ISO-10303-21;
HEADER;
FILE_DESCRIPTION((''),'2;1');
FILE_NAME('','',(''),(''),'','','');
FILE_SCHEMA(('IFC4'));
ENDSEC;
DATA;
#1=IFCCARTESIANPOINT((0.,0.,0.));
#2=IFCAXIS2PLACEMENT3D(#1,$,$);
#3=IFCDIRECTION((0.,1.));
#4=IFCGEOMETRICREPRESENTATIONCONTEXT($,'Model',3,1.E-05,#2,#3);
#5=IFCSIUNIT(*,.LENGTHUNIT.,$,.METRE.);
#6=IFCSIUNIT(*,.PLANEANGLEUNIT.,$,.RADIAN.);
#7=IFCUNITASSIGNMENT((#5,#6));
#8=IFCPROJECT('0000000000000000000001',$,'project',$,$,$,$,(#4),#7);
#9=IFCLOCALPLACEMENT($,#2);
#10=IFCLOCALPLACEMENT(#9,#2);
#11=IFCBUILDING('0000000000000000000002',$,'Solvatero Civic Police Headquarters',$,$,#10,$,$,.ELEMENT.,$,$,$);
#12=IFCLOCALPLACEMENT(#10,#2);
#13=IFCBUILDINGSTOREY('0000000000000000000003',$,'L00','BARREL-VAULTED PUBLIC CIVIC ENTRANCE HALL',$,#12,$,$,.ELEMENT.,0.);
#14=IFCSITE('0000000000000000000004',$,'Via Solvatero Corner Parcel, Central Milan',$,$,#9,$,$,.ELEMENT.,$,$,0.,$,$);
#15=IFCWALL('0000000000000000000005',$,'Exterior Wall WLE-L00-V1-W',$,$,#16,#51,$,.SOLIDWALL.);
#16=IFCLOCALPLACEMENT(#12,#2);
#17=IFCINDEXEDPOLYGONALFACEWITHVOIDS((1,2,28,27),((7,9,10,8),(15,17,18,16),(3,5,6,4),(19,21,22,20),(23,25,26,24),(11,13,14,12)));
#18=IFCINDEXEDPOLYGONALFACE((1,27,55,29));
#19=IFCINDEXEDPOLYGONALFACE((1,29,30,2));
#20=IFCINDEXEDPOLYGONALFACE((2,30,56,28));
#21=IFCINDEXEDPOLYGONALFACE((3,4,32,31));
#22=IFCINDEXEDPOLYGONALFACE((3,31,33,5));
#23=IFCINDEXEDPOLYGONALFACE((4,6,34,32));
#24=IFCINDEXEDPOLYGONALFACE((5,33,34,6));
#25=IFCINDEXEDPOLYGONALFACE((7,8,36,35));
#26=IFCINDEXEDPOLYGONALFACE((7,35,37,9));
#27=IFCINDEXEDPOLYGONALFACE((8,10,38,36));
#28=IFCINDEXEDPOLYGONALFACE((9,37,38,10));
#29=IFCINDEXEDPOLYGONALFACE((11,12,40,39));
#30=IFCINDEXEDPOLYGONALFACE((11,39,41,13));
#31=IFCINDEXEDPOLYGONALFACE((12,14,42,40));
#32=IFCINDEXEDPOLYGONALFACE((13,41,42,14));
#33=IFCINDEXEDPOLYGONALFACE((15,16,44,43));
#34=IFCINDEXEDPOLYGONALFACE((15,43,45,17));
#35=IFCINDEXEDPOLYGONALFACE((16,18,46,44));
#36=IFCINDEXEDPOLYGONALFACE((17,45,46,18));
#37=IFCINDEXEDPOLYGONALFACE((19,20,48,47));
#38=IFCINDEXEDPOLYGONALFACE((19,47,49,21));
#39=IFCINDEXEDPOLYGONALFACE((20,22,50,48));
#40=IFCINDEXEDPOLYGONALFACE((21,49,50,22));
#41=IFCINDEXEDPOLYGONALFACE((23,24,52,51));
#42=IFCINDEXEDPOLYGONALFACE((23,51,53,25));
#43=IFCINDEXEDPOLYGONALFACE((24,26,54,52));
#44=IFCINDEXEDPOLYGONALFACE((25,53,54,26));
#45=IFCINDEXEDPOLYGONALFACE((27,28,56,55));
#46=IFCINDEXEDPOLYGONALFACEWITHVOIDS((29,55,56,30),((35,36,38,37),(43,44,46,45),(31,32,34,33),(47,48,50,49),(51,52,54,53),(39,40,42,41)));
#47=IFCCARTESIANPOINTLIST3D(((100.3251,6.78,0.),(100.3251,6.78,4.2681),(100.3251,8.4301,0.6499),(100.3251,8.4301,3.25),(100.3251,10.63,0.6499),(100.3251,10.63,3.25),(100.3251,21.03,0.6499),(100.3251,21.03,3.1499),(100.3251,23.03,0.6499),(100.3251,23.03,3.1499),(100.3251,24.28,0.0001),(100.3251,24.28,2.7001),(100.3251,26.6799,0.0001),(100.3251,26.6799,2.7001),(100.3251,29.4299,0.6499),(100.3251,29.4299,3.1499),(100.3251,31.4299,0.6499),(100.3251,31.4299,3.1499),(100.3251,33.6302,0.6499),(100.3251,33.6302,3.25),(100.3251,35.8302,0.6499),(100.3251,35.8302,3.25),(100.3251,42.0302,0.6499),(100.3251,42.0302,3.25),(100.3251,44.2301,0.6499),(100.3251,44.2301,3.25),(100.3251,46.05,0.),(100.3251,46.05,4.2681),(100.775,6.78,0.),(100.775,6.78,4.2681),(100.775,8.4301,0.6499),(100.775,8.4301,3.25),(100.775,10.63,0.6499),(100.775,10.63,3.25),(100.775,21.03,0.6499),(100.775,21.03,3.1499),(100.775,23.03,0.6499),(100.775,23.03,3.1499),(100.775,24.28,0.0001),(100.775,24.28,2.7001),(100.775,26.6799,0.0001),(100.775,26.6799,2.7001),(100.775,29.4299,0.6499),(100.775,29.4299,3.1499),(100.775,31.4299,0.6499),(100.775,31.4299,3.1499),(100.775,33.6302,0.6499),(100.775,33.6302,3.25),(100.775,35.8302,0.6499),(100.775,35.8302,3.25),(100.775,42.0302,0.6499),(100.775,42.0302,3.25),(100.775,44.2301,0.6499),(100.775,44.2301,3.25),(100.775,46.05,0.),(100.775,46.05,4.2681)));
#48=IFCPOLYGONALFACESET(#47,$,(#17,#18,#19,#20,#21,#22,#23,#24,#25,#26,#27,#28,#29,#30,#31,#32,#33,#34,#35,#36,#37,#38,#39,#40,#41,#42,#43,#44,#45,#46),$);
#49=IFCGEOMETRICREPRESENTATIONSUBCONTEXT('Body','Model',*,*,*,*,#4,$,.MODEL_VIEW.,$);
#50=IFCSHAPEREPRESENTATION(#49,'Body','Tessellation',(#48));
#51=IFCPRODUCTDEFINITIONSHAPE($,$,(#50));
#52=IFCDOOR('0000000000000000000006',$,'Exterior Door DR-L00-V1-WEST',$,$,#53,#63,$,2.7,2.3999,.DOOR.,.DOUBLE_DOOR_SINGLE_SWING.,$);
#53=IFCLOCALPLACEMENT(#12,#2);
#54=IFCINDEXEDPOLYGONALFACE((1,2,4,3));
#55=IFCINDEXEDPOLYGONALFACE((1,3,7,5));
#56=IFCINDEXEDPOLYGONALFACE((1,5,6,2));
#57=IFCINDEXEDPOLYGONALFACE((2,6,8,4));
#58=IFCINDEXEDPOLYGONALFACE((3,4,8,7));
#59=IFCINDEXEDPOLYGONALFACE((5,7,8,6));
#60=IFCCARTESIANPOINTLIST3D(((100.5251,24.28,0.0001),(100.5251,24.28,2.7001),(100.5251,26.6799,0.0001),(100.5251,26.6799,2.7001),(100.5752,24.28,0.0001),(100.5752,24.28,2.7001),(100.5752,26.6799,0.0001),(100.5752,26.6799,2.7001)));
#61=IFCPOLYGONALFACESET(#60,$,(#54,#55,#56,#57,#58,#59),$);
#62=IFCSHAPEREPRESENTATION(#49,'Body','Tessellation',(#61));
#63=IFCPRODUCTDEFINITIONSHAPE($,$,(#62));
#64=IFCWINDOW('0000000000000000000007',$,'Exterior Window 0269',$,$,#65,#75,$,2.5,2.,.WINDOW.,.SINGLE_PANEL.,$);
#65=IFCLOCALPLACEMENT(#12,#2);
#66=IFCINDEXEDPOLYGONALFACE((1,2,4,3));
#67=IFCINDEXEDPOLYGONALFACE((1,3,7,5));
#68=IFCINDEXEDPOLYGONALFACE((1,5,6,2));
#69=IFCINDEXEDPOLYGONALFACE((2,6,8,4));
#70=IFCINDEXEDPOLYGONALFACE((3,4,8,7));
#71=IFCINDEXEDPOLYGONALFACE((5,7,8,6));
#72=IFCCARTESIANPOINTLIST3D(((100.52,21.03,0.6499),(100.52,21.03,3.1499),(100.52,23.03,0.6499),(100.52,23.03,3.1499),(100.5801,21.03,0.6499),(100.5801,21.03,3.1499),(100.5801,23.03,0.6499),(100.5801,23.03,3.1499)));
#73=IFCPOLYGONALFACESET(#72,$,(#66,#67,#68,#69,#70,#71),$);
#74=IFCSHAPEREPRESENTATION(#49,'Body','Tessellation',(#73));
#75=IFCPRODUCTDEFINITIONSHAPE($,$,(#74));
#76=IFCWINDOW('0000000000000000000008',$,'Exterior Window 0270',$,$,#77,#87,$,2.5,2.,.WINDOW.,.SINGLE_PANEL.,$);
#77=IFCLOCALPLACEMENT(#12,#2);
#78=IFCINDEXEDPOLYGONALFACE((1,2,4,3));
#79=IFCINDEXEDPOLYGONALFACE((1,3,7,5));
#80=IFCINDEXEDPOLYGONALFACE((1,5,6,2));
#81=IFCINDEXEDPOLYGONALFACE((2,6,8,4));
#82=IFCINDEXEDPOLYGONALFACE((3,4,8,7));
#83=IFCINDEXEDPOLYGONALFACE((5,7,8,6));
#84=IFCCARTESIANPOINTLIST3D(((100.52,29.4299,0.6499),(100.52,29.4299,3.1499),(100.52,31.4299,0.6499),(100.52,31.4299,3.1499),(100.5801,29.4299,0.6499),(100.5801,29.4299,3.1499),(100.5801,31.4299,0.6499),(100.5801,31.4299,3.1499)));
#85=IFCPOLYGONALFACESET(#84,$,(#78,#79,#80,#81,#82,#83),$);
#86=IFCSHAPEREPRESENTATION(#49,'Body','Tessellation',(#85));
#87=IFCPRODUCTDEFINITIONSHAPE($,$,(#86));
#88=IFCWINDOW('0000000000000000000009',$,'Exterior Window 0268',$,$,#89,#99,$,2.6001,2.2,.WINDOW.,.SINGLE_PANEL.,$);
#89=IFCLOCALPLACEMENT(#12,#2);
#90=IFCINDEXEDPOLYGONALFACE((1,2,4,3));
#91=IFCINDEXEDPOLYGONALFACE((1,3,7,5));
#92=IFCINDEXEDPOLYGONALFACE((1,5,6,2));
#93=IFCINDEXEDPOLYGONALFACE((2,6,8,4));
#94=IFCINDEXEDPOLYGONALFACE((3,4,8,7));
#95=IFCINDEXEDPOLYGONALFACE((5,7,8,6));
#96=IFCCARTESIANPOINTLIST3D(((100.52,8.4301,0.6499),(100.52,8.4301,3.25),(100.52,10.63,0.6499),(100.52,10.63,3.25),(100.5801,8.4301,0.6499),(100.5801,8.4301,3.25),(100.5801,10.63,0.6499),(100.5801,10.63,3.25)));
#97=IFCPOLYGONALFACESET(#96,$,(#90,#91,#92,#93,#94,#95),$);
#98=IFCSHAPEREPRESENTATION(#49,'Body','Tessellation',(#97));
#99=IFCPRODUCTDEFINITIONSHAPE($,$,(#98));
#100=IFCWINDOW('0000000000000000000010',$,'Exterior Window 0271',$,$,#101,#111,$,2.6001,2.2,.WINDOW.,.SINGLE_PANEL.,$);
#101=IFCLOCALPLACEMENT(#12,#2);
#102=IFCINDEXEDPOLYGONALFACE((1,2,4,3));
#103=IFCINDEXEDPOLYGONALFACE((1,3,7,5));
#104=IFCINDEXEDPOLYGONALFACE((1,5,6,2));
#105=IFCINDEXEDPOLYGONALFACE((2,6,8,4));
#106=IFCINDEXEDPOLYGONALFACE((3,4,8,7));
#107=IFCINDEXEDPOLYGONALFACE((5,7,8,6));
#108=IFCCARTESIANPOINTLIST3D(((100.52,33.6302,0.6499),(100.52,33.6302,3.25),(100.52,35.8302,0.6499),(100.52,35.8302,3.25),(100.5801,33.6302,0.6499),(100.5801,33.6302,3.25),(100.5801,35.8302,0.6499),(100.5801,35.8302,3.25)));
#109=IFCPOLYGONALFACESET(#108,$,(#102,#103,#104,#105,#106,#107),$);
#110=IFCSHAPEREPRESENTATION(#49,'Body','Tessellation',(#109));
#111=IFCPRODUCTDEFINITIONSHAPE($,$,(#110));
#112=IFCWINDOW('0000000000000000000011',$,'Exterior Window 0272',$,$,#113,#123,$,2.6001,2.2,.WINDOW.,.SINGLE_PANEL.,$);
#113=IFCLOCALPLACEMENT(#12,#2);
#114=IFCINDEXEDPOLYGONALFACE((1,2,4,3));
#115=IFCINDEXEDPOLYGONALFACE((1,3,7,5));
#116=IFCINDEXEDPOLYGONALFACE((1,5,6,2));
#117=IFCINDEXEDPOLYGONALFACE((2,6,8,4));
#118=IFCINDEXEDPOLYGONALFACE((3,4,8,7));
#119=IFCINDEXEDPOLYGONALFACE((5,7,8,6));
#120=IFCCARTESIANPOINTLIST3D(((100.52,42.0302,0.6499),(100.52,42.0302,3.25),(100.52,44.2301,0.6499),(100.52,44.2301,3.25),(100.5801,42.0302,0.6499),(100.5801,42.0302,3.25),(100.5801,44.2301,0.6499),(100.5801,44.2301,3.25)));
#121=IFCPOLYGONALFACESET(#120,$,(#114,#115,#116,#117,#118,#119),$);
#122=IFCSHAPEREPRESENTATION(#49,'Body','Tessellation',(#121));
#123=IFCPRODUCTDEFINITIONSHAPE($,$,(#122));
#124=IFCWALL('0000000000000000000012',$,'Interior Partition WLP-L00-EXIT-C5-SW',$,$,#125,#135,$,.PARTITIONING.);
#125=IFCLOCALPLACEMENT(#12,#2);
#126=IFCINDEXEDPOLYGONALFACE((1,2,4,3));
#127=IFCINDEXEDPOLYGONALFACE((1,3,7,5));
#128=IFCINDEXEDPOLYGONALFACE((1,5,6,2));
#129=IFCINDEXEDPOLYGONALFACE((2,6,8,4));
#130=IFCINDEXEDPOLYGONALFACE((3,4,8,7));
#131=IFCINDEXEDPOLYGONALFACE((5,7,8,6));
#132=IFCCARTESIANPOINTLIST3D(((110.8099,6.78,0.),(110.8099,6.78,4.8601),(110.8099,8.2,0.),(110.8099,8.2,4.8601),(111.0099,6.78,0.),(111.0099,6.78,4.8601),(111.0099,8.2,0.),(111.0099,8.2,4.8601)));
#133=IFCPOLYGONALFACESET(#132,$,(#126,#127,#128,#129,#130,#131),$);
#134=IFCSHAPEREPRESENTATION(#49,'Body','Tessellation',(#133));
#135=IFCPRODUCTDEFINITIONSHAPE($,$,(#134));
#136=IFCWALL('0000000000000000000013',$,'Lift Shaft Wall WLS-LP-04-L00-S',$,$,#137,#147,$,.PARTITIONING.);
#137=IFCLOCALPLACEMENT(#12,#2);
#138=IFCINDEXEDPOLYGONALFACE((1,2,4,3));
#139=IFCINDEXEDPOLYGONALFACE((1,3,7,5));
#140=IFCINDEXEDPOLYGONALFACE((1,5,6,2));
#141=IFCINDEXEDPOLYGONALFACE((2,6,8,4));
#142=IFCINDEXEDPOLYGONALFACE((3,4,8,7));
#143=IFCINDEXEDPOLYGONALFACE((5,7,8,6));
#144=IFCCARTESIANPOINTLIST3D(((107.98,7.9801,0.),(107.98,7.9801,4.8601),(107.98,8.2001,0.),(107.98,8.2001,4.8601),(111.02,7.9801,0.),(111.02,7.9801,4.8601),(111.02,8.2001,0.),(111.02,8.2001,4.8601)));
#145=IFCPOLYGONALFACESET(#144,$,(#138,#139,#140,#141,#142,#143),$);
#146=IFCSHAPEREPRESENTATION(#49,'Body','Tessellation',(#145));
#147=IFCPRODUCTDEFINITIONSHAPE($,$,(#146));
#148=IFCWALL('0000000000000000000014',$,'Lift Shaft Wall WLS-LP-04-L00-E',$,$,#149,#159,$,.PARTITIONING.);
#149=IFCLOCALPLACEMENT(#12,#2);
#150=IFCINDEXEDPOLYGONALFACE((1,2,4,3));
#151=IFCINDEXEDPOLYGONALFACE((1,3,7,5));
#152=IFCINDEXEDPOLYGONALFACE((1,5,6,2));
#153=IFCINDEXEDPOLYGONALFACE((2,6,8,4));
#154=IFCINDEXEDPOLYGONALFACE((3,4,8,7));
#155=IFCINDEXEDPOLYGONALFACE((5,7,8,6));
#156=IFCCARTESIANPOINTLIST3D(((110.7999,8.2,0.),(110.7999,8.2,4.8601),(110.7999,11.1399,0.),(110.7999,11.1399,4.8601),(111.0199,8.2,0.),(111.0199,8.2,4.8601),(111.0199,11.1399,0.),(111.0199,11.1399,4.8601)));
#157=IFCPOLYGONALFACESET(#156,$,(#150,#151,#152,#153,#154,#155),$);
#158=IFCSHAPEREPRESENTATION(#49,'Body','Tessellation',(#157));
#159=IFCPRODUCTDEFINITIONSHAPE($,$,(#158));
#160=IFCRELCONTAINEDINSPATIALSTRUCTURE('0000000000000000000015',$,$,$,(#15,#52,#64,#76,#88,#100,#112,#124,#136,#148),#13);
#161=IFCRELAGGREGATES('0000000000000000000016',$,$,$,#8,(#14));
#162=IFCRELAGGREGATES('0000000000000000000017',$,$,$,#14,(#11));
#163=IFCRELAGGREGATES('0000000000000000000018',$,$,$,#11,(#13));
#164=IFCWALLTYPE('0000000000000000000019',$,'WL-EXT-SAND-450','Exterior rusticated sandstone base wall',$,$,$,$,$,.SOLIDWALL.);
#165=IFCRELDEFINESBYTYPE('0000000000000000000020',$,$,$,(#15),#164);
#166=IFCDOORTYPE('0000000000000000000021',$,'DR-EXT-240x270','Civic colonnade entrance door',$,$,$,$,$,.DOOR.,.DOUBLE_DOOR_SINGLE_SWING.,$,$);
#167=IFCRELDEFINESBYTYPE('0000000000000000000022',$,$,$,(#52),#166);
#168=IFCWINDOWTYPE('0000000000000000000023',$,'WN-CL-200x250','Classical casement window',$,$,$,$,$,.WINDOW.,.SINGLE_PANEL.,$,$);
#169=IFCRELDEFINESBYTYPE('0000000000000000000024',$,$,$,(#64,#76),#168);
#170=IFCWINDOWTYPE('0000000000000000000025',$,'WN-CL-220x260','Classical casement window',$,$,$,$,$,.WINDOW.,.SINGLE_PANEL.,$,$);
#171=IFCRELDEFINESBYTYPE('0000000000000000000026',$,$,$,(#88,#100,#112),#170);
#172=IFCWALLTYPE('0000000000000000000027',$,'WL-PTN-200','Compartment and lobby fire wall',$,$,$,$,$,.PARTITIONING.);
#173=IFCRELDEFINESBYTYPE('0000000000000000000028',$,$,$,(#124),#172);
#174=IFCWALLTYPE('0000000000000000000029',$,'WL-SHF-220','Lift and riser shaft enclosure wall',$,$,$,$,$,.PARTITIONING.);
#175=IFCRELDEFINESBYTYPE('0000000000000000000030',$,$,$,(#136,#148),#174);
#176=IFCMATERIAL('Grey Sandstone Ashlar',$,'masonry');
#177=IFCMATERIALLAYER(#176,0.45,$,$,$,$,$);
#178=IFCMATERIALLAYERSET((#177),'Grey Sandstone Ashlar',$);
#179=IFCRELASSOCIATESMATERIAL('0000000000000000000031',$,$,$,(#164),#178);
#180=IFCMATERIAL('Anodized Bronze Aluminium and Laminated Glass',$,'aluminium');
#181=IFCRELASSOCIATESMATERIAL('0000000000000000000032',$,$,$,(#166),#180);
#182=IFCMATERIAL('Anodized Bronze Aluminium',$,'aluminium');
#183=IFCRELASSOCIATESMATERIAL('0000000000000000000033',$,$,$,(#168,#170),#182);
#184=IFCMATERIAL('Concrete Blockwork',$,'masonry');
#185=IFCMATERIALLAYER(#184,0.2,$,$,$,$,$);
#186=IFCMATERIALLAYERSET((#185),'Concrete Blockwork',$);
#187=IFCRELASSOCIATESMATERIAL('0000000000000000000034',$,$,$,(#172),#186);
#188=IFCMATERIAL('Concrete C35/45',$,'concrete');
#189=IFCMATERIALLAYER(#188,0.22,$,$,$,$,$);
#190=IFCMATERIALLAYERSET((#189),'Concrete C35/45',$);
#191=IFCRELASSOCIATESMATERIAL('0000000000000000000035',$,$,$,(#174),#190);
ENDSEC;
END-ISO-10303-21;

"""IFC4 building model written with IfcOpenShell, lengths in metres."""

from ifc_helpers import new_model, si_unit, direction, frame, frame_2d, origin, place, context, subcontext, project, spatial, rectangle, extrude, material, layer, layer_set, type_object, element, fill, save


model = new_model("IFC4")

# Units and contexts
model_context = context("Model", 3, precision=1e-05, world=origin(), true_north=direction((0.0, 1.0)))
body_context = subcontext(model_context, "Body", "Model", "MODEL_VIEW")
ifc_project = project(units=[si_unit("LENGTHUNIT", "METRE"), si_unit("PLANEANGLEUNIT", "RADIAN")], contexts=[model_context])

# Site, building, storey
site_placement = place(None, origin())
site = spatial("IfcSite", under=ifc_project, at=site_placement, Name="Via Solvatero Corner Parcel, Central Milan", CompositionType="ELEMENT", RefElevation=0.0)
building_placement = place(site_placement, origin())
building = spatial("IfcBuilding", under=site, at=building_placement, Name="Solvatero Civic Police Headquarters", CompositionType="ELEMENT")
storey_placement = place(building_placement, origin())
storey = spatial("IfcBuildingStorey", under=building, at=storey_placement, Name="L00", Description="BARREL-VAULTED PUBLIC CIVIC ENTRANCE HALL", CompositionType="ELEMENT", Elevation=0.0)

# Shared definitions
ifc_material_1 = material(Name="Grey Sandstone Ashlar", Category="masonry")
ifc_layer_1 = layer(ifc_material_1, 0.45)
ifc_layer_set_1 = layer_set([ifc_layer_1], Name="Grey Sandstone Ashlar")
wall_type_1 = type_object("IfcWallType", Name="WL-EXT-SAND-450", Description="Exterior rusticated sandstone base wall", PredefinedType="SOLIDWALL", material=ifc_layer_set_1)
ifc_material_2 = material(Name="Anodized Bronze Aluminium and Laminated Glass", Category="aluminium")

# Wall, openings, door, windows
wall_1_placement = place(storey_placement, frame((100.55, 6.78, 0.0), z_axis=(0.0, 0.0, 1.0), x_axis=(0.0, 1.0, 0.0)))
wall_1 = element("IfcWall", 1, at=wall_1_placement, inside=storey, type_object=wall_type_1, Name="Exterior Wall WLE-L00-V1-W", PredefinedType="SOLIDWALL", context=body_context, shape_type="SweptSolid", body=[
    extrude(rectangle(XDim=39.27, YDim=0.45, at=frame_2d((19.635, 0.0))), origin(), (0.0, 0.0, 1.0), 4.2681),
])
opening_1_placement = place(wall_1_placement, frame((17.5, 0.0, 0.0)))
opening_1 = element("IfcOpeningElement", 2, at=opening_1_placement, cuts=wall_1, PredefinedType="OPENING", context=body_context, shape_type="SweptSolid", body=[
    extrude(rectangle(XDim=2.3999, YDim=2.7, at=frame_2d((1.2, 1.3501))), frame((0.0, 0.2349, 0.0), z_axis=(0.0, -1.0, 0.0), x_axis=(1.0, 0.0, 0.0)), (0.0, 0.0, 1.0), 0.47),
])
opening_2_placement = place(wall_1_placement, frame((1.6499, 0.0, 0.6499)))
opening_2 = element("IfcOpeningElement", 3, at=opening_2_placement, cuts=wall_1, PredefinedType="OPENING", context=body_context, shape_type="SweptSolid", body=[
    extrude(rectangle(XDim=2.2, YDim=2.6001, at=frame_2d((1.1001, 1.3))), frame((0.0, 0.2349, 0.0), z_axis=(0.0, -1.0, 0.0), x_axis=(1.0, 0.0, 0.0)), (0.0, 0.0, 1.0), 0.47),
])
opening_3_placement = place(wall_1_placement, frame((14.25, 0.0, 0.6499)))
opening_3 = element("IfcOpeningElement", 4, at=opening_3_placement, cuts=wall_1, PredefinedType="OPENING", context=body_context, shape_type="SweptSolid", body=[
    extrude(rectangle(XDim=2.0, YDim=2.5, at=frame_2d((1.0, 1.25))), frame((0.0, 0.2349, 0.0), z_axis=(0.0, -1.0, 0.0), x_axis=(1.0, 0.0, 0.0)), (0.0, 0.0, 1.0), 0.47),
])
opening_4_placement = place(wall_1_placement, frame((22.6499, 0.0, 0.6499)))
opening_4 = element("IfcOpeningElement", 5, at=opening_4_placement, cuts=wall_1, PredefinedType="OPENING", context=body_context, shape_type="SweptSolid", body=[
    extrude(rectangle(XDim=2.0, YDim=2.5, at=frame_2d((1.0, 1.25))), frame((0.0, 0.2349, 0.0), z_axis=(0.0, -1.0, 0.0), x_axis=(1.0, 0.0, 0.0)), (0.0, 0.0, 1.0), 0.47),
])
opening_5_placement = place(wall_1_placement, frame((26.8501, 0.0, 0.6499)))
opening_5 = element("IfcOpeningElement", 6, at=opening_5_placement, cuts=wall_1, PredefinedType="OPENING", context=body_context, shape_type="SweptSolid", body=[
    extrude(rectangle(XDim=2.2, YDim=2.6001, at=frame_2d((1.1001, 1.3))), frame((0.0, 0.2349, 0.0), z_axis=(0.0, -1.0, 0.0), x_axis=(1.0, 0.0, 0.0)), (0.0, 0.0, 1.0), 0.47),
])
opening_6_placement = place(wall_1_placement, frame((35.25, 0.0, 0.6499)))
opening_6 = element("IfcOpeningElement", 7, at=opening_6_placement, cuts=wall_1, PredefinedType="OPENING", context=body_context, shape_type="SweptSolid", body=[
    extrude(rectangle(XDim=2.2, YDim=2.6001, at=frame_2d((1.1001, 1.3))), frame((0.0, 0.2349, 0.0), z_axis=(0.0, -1.0, 0.0), x_axis=(1.0, 0.0, 0.0)), (0.0, 0.0, 1.0), 0.47),
])
door_type_1 = type_object("IfcDoorType", Name="DR-EXT-240x270", Description="Civic colonnade entrance door", OperationType="DOUBLE_DOOR_SINGLE_SWING", PredefinedType="DOOR", material=ifc_material_2)
door_1_placement = place(opening_1_placement, origin())
door_1 = element("IfcDoor", 8, at=door_1_placement, inside=storey, type_object=door_type_1, Name="Exterior Door DR-L00-V1-WEST", OperationType="DOUBLE_DOOR_SINGLE_SWING", OverallHeight=2.7, OverallWidth=2.3999, PredefinedType="DOOR", context=body_context, shape_type="SweptSolid", body=[
    extrude(rectangle(XDim=2.3999, YDim=2.7, at=frame_2d((1.2, 1.3501))), frame((0.0, 0.0249, 0.0), z_axis=(0.0, -1.0, 0.0), x_axis=(1.0, 0.0, 0.0)), (0.0, 0.0, 1.0), 0.05),
])
fill(opening_1, door_1)
ifc_material_3 = material(Name="Anodized Bronze Aluminium", Category="aluminium")
window_type_1 = type_object("IfcWindowType", Name="WN-CL-200x250", Description="Classical casement window", PartitioningType="SINGLE_PANEL", PredefinedType="WINDOW", material=ifc_material_3)
window_1_placement = place(opening_3_placement, origin())
window_1 = element("IfcWindow", 9, at=window_1_placement, inside=storey, type_object=window_type_1, Name="Exterior Window 0269", OverallHeight=2.5, OverallWidth=2.0, PartitioningType="SINGLE_PANEL", PredefinedType="WINDOW", context=body_context, shape_type="SweptSolid", body=[
    extrude(rectangle(XDim=2.0, YDim=2.5, at=frame_2d((1.0, 1.25))), frame((0.0, 0.03, 0.0), z_axis=(0.0, -1.0, 0.0), x_axis=(1.0, 0.0, 0.0)), (0.0, 0.0, 1.0), 0.0601),
])
fill(opening_3, window_1)
window_2_placement = place(opening_4_placement, origin())
window_2 = element("IfcWindow", 10, at=window_2_placement, inside=storey, type_object=window_type_1, Name="Exterior Window 0270", OverallHeight=2.5, OverallWidth=2.0, PartitioningType="SINGLE_PANEL", PredefinedType="WINDOW", context=body_context, shape_type="SweptSolid", body=[
    extrude(rectangle(XDim=2.0, YDim=2.5, at=frame_2d((1.0, 1.25))), frame((0.0, 0.03, 0.0), z_axis=(0.0, -1.0, 0.0), x_axis=(1.0, 0.0, 0.0)), (0.0, 0.0, 1.0), 0.0601),
])
fill(opening_4, window_2)
window_type_2 = type_object("IfcWindowType", Name="WN-CL-220x260", Description="Classical casement window", PartitioningType="SINGLE_PANEL", PredefinedType="WINDOW", material=ifc_material_3)
window_3_placement = place(opening_2_placement, origin())
window_3 = element("IfcWindow", 11, at=window_3_placement, inside=storey, type_object=window_type_2, Name="Exterior Window 0268", OverallHeight=2.6001, OverallWidth=2.2, PartitioningType="SINGLE_PANEL", PredefinedType="WINDOW", context=body_context, shape_type="SweptSolid", body=[
    extrude(rectangle(XDim=2.2, YDim=2.6001, at=frame_2d((1.1001, 1.3))), frame((0.0, 0.03, 0.0), z_axis=(0.0, -1.0, 0.0), x_axis=(1.0, 0.0, 0.0)), (0.0, 0.0, 1.0), 0.0601),
])
fill(opening_2, window_3)
window_4_placement = place(opening_5_placement, origin())
window_4 = element("IfcWindow", 12, at=window_4_placement, inside=storey, type_object=window_type_2, Name="Exterior Window 0271", OverallHeight=2.6001, OverallWidth=2.2, PartitioningType="SINGLE_PANEL", PredefinedType="WINDOW", context=body_context, shape_type="SweptSolid", body=[
    extrude(rectangle(XDim=2.2, YDim=2.6001, at=frame_2d((1.1001, 1.3))), frame((0.0, 0.03, 0.0), z_axis=(0.0, -1.0, 0.0), x_axis=(1.0, 0.0, 0.0)), (0.0, 0.0, 1.0), 0.0601),
])
fill(opening_5, window_4)
window_5_placement = place(opening_6_placement, origin())
window_5 = element("IfcWindow", 13, at=window_5_placement, inside=storey, type_object=window_type_2, Name="Exterior Window 0272", OverallHeight=2.6001, OverallWidth=2.2, PartitioningType="SINGLE_PANEL", PredefinedType="WINDOW", context=body_context, shape_type="SweptSolid", body=[
    extrude(rectangle(XDim=2.2, YDim=2.6001, at=frame_2d((1.1001, 1.3))), frame((0.0, 0.03, 0.0), z_axis=(0.0, -1.0, 0.0), x_axis=(1.0, 0.0, 0.0)), (0.0, 0.0, 1.0), 0.0601),
])
fill(opening_6, window_5)

# Walls
ifc_material_4 = material(Name="Concrete Blockwork", Category="masonry")
ifc_layer_2 = layer(ifc_material_4, 0.2)
ifc_layer_set_2 = layer_set([ifc_layer_2], Name="Concrete Blockwork")
wall_type_2 = type_object("IfcWallType", Name="WL-PTN-200", Description="Compartment and lobby fire wall", PredefinedType="PARTITIONING", material=ifc_layer_set_2)
wall_2_placement = place(storey_placement, frame((110.9099, 6.78, 0.0), z_axis=(0.0, 0.0, 1.0), x_axis=(0.0, 1.0, 0.0)))
element("IfcWall", 14, at=wall_2_placement, inside=storey, type_object=wall_type_2, Name="Interior Partition WLP-L00-EXIT-C5-SW", PredefinedType="PARTITIONING", context=body_context, shape_type="SweptSolid", body=[
    extrude(rectangle(XDim=1.4199, YDim=0.2, at=frame_2d((0.71, 0.0))), origin(), (0.0, 0.0, 1.0), 4.8601),
])
ifc_material_5 = material(Name="Concrete C35/45", Category="concrete")
ifc_layer_3 = layer(ifc_material_5, 0.22)
ifc_layer_set_3 = layer_set([ifc_layer_3], Name="Concrete C35/45")
wall_type_3 = type_object("IfcWallType", Name="WL-SHF-220", Description="Lift and riser shaft enclosure wall", PredefinedType="PARTITIONING", material=ifc_layer_set_3)
wall_3_placement = place(storey_placement, frame((107.98, 8.0901, 0.0), z_axis=(0.0, 0.0, 1.0), x_axis=(1.0, 0.0, 0.0)))
element("IfcWall", 15, at=wall_3_placement, inside=storey, type_object=wall_type_3, Name="Lift Shaft Wall WLS-LP-04-L00-S", PredefinedType="PARTITIONING", context=body_context, shape_type="SweptSolid", body=[
    extrude(rectangle(XDim=3.04, YDim=0.22, at=frame_2d((1.52, 0.0))), origin(), (0.0, 0.0, 1.0), 4.8601),
])

# Wall
wall_4_placement = place(storey_placement, frame((110.9099, 8.2, 0.0), z_axis=(0.0, 0.0, 1.0), x_axis=(0.0, 1.0, 0.0)))
element("IfcWall", 16, at=wall_4_placement, inside=storey, type_object=wall_type_3, Name="Lift Shaft Wall WLS-LP-04-L00-E", PredefinedType="PARTITIONING", context=body_context, shape_type="SweptSolid", body=[
    extrude(rectangle(XDim=2.9399, YDim=0.22, at=frame_2d((1.47, 0.0))), origin(), (0.0, 0.0, 1.0), 4.8601),
])

save(model, "model.ifc")
